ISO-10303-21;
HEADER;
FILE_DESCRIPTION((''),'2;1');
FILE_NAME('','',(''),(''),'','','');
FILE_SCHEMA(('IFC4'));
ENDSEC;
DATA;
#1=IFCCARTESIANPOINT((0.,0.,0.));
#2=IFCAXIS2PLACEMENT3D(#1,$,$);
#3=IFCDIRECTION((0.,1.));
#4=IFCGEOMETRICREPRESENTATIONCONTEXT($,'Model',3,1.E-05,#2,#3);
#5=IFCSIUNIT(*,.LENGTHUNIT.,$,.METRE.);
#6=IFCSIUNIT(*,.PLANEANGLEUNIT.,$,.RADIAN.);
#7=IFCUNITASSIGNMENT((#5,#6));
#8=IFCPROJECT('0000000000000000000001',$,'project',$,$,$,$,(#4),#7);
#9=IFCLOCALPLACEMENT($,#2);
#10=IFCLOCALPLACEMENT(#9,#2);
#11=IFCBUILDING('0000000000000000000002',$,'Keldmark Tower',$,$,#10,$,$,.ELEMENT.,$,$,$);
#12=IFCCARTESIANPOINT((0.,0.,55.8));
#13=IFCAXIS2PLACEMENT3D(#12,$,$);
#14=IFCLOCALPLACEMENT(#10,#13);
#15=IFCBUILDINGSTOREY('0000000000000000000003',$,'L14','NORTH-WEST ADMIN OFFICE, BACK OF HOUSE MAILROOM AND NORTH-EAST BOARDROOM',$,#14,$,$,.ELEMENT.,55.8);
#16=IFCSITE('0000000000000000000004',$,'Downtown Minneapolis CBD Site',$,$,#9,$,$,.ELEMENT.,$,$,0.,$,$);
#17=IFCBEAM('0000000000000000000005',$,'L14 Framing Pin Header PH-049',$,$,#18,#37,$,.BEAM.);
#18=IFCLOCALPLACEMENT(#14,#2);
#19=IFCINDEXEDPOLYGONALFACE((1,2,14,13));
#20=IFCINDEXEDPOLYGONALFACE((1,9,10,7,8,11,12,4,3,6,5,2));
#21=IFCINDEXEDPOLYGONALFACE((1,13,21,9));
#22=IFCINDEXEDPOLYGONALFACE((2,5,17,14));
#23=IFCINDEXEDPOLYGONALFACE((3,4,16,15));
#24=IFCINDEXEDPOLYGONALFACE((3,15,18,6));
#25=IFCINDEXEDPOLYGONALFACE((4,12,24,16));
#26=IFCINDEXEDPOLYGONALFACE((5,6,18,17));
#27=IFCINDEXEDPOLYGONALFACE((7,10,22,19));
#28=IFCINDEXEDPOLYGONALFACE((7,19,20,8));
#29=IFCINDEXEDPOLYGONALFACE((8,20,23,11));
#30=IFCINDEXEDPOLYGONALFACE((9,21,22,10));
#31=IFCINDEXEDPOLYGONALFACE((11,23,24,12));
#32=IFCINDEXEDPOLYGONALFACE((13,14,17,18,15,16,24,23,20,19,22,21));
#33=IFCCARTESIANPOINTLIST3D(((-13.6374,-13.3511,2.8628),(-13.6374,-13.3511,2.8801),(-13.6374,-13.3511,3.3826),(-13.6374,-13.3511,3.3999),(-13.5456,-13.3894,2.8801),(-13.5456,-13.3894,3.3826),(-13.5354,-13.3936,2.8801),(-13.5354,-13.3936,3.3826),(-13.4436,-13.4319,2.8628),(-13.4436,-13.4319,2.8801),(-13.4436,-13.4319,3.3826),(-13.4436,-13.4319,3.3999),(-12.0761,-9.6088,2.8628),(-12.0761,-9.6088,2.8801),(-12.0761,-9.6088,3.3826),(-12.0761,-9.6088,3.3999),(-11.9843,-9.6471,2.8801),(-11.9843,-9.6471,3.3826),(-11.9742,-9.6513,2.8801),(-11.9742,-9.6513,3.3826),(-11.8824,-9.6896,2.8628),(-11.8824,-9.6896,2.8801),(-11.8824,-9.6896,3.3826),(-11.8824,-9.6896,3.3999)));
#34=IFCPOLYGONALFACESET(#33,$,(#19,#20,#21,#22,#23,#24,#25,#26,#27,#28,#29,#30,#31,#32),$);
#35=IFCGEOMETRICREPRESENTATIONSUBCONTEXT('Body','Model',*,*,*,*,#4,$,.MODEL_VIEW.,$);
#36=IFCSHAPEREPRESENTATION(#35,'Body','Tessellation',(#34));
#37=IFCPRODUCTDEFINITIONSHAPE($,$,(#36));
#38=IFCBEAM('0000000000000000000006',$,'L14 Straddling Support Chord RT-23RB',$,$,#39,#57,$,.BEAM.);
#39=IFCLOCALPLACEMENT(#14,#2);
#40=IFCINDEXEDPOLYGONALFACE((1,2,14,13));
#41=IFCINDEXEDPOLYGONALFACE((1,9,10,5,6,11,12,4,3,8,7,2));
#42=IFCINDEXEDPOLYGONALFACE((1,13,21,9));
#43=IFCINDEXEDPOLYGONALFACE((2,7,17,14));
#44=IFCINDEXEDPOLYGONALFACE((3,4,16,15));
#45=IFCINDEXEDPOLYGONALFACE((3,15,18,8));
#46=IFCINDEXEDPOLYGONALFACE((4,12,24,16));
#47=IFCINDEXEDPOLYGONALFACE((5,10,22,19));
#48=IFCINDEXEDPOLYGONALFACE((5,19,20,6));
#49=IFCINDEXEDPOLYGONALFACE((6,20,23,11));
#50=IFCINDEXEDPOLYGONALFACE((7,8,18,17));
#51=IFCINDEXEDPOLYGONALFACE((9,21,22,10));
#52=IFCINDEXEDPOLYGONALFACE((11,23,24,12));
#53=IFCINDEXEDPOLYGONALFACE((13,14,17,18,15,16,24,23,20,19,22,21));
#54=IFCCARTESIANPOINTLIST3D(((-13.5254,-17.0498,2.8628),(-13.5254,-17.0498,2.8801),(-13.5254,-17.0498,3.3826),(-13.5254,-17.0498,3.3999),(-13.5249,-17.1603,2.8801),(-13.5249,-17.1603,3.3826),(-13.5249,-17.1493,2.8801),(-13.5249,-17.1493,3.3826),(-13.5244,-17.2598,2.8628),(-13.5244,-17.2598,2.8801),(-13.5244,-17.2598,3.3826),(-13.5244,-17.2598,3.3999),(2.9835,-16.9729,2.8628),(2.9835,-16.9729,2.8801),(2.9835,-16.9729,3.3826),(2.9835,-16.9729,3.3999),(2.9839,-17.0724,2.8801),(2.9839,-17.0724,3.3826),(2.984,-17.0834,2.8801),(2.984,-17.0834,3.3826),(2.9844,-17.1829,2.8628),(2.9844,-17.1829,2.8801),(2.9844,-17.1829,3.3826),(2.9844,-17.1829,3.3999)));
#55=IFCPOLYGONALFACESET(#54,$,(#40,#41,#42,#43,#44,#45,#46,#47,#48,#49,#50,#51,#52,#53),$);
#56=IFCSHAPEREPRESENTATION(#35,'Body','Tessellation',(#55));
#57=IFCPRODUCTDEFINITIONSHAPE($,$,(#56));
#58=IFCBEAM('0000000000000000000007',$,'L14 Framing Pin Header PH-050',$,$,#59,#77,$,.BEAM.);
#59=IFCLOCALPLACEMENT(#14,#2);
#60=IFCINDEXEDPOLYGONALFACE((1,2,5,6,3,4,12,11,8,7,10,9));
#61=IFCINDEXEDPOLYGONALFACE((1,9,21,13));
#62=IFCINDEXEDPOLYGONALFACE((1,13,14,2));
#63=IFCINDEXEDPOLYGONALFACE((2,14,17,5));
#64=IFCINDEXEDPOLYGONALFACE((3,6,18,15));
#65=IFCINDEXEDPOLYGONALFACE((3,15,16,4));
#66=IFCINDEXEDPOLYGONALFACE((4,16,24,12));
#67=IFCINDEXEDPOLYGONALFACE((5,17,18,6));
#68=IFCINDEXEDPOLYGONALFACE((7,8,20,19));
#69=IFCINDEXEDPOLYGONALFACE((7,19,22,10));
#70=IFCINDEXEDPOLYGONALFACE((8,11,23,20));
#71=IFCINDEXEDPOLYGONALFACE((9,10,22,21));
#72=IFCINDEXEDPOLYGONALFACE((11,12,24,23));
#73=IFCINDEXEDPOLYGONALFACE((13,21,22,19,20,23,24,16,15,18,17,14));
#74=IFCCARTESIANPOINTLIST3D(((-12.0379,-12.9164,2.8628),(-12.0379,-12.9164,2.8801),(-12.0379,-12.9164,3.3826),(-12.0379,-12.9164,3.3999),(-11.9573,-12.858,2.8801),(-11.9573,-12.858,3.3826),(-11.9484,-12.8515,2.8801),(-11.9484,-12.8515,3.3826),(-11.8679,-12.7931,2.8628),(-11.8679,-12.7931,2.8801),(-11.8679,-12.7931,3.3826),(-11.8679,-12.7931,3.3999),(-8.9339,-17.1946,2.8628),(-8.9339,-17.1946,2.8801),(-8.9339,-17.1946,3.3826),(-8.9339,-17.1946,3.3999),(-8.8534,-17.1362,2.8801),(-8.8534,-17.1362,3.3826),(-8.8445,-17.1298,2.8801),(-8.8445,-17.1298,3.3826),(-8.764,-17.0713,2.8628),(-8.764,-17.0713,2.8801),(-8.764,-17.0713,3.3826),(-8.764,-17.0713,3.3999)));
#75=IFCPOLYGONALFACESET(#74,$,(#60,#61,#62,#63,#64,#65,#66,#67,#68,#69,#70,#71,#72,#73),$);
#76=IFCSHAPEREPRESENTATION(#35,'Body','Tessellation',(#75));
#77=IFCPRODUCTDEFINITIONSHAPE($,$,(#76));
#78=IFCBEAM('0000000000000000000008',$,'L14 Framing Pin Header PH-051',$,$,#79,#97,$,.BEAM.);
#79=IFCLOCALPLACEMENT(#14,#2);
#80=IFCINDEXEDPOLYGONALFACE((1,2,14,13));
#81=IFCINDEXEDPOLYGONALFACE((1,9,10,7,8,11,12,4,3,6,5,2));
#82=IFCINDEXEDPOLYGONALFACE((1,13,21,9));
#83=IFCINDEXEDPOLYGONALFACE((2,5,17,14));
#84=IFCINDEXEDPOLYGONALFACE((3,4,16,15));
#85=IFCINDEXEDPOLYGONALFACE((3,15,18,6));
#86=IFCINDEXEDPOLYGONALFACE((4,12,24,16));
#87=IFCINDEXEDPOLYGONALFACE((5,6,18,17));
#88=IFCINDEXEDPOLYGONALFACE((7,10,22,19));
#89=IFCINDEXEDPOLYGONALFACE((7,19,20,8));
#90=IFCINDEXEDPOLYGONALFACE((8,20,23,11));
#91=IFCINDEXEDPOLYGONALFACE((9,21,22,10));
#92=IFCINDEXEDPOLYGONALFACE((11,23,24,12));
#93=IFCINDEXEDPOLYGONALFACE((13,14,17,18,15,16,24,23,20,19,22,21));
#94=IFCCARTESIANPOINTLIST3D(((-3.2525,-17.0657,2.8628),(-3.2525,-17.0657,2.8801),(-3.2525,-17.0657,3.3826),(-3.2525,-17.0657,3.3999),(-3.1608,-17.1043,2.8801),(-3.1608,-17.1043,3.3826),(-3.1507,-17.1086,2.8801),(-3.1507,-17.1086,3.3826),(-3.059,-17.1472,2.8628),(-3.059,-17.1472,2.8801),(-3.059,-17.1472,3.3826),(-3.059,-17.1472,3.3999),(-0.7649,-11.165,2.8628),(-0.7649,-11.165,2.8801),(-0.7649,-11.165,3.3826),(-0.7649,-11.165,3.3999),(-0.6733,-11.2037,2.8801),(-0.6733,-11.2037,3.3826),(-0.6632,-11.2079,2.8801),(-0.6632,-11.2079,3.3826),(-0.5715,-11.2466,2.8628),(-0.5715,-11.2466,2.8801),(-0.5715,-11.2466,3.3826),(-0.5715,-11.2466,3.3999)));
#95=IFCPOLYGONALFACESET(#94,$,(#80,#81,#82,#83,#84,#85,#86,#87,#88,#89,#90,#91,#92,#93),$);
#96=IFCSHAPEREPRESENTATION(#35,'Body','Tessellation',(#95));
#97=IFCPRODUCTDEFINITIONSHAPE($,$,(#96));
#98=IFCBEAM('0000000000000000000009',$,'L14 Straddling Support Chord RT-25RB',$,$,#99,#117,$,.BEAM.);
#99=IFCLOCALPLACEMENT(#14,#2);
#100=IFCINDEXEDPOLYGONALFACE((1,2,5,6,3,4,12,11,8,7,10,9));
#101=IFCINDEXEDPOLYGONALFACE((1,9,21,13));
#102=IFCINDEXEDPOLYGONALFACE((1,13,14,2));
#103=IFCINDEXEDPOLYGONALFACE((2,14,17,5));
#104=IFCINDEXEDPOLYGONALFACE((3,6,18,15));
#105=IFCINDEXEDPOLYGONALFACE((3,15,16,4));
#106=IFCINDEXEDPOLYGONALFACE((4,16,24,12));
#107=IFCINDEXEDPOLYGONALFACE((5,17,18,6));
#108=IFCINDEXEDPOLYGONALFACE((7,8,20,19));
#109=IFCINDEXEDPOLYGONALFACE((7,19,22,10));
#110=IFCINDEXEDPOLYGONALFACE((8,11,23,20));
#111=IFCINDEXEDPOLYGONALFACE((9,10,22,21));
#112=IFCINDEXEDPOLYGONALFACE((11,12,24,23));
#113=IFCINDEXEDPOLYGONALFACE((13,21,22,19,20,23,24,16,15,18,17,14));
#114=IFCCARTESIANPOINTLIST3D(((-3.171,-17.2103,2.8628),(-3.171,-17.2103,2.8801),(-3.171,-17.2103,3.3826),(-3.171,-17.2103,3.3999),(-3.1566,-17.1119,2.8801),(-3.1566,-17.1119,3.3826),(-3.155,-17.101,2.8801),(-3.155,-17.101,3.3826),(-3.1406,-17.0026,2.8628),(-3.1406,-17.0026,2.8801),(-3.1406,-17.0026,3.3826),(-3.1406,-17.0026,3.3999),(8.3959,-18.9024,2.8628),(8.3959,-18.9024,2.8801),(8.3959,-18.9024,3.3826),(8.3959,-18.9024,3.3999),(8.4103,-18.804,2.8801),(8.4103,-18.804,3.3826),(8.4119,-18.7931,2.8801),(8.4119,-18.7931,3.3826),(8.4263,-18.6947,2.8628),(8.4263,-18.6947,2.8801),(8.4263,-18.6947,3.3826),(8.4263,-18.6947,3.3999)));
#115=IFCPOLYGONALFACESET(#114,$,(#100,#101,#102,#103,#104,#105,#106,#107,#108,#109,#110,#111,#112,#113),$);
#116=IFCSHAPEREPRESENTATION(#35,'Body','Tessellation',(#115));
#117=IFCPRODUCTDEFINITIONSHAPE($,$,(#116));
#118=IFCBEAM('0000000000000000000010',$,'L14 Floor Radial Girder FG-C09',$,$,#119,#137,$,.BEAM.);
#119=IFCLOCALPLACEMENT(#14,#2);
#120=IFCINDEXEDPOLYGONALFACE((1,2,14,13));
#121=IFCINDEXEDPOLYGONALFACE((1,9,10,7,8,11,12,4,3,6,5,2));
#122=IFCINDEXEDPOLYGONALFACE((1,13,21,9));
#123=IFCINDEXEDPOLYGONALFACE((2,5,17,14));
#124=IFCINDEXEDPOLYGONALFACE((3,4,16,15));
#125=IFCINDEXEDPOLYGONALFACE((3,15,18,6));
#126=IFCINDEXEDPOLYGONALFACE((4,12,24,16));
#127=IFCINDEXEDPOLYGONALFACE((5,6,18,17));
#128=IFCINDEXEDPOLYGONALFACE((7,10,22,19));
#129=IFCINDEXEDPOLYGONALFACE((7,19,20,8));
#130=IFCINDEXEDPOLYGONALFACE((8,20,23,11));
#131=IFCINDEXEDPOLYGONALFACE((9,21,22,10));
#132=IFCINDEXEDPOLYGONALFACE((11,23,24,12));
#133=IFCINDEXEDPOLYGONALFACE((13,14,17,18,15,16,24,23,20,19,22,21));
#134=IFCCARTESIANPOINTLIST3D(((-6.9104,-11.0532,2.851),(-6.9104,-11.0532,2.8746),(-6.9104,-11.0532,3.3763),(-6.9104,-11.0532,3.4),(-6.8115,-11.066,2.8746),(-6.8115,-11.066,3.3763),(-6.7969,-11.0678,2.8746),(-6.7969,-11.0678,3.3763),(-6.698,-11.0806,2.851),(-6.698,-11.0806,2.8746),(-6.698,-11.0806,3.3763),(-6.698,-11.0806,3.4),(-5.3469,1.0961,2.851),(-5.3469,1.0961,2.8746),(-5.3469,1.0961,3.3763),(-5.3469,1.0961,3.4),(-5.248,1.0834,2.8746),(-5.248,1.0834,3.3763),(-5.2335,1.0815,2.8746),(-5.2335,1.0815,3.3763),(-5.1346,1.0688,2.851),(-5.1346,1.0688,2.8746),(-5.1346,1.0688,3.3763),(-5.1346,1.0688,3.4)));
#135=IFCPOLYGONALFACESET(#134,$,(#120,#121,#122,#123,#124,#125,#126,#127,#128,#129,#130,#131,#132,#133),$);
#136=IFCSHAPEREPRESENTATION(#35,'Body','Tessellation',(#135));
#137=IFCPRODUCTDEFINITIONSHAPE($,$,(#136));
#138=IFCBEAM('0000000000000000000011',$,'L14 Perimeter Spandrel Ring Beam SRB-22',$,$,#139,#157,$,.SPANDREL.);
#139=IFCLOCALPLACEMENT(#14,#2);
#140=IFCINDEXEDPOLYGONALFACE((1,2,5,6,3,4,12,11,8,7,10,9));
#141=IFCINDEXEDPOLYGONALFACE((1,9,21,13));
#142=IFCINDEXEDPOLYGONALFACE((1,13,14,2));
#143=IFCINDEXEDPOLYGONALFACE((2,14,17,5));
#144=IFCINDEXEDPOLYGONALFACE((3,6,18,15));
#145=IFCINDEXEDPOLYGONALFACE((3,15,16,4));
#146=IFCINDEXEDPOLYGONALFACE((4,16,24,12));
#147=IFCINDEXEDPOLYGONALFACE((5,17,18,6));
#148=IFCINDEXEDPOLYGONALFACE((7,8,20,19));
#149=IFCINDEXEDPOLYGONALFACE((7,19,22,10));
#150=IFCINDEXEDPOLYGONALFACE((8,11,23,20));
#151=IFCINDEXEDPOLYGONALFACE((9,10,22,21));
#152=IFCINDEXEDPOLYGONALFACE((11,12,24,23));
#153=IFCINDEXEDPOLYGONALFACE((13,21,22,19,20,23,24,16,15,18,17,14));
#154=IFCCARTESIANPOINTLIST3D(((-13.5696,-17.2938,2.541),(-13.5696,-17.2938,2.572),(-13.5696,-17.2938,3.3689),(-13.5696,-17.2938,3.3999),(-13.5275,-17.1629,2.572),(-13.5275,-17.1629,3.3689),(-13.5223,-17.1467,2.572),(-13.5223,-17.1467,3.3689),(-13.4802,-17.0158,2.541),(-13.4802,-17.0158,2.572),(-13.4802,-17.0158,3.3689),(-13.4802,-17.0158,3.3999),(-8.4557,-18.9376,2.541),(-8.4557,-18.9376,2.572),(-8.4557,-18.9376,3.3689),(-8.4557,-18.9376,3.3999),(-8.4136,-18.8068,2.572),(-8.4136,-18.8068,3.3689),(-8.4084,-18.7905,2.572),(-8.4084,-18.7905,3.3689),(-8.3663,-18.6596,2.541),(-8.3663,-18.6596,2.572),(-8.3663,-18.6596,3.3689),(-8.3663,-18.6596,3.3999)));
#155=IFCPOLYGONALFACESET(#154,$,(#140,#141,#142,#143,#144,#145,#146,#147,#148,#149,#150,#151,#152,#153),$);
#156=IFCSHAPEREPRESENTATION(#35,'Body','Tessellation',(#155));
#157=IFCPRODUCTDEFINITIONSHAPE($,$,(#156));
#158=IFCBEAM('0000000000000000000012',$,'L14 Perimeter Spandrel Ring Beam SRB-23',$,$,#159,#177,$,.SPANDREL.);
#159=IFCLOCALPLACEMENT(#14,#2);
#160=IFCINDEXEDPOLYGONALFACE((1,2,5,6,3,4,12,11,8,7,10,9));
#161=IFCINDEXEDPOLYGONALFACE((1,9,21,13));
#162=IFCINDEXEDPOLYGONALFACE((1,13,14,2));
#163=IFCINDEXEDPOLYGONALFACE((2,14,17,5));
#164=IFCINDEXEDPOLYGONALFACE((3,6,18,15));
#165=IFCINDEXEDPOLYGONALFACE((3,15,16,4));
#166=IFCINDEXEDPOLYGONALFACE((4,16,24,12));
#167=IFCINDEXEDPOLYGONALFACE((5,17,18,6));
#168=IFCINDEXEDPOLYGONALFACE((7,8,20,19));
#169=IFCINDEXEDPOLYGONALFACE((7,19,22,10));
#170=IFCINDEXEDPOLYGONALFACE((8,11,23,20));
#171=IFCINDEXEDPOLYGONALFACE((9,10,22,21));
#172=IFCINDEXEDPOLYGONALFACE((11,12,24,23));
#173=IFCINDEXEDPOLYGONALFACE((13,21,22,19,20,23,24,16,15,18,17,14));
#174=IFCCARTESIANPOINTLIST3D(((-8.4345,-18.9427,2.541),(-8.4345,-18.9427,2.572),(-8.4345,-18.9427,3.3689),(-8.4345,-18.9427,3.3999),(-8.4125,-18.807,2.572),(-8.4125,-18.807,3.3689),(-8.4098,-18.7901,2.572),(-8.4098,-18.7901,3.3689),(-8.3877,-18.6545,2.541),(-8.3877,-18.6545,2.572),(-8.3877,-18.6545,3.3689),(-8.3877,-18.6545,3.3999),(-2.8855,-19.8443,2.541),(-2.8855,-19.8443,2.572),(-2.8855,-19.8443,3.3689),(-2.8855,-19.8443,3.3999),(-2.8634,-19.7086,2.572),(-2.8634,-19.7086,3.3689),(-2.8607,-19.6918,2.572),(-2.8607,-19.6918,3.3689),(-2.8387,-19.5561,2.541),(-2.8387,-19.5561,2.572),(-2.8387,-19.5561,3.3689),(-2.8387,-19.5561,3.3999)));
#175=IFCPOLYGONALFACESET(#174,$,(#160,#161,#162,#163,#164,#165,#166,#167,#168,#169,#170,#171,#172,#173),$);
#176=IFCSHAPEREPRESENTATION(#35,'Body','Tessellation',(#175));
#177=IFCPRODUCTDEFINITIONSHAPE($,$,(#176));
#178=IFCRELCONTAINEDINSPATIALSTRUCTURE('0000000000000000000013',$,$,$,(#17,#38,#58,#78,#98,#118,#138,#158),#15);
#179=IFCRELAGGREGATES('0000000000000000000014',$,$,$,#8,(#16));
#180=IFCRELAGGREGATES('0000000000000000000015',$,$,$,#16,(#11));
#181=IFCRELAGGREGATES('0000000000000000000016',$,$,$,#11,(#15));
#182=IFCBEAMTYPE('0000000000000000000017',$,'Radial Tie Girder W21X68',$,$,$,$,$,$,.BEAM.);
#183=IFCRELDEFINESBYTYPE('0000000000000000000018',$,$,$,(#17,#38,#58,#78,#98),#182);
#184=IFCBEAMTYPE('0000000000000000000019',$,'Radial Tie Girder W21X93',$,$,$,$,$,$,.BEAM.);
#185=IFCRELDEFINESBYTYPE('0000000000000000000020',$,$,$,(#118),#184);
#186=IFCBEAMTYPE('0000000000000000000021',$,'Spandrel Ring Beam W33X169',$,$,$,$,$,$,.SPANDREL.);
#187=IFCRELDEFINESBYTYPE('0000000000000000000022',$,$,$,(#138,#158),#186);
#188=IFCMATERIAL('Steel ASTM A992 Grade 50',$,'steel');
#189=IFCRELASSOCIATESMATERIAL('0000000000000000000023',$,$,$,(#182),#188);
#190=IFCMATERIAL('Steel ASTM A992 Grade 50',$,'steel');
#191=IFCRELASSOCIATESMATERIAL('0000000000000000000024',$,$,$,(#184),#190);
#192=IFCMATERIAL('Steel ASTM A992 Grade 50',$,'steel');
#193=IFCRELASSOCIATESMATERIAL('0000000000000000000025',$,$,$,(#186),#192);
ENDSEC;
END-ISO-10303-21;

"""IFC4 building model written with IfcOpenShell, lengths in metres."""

from ifc_helpers import new_model, si_unit, direction, frame, origin, origin_2d, place, context, subcontext, project, spatial, i_section, extrude, material, material_profile, profile_set, type_object, element, save


model = new_model("IFC4")

# Units and contexts
model_context = context("Model", 3, precision=1e-05, world=origin(), true_north=direction((0.0, 1.0)))
body_context = subcontext(model_context, "Body", "Model", "MODEL_VIEW")
ifc_project = project(units=[si_unit("LENGTHUNIT", "METRE"), si_unit("PLANEANGLEUNIT", "RADIAN")], contexts=[model_context])

# Site, building, storey
site_placement = place(None, origin())
site = spatial("IfcSite", under=ifc_project, at=site_placement, Name="Downtown Minneapolis CBD Site", CompositionType="ELEMENT", RefElevation=0.0)
building_placement = place(site_placement, origin())
building = spatial("IfcBuilding", under=site, at=building_placement, Name="Keldmark Tower", CompositionType="ELEMENT")
storey_placement = place(building_placement, frame((0.0, 0.0, 55.8)))
storey = spatial("IfcBuildingStorey", under=building, at=storey_placement, Name="L14", Description="NORTH-WEST ADMIN OFFICE, BACK OF HOUSE MAILROOM AND NORTH-EAST BOARDROOM", CompositionType="ELEMENT", Elevation=55.8)

# Beams
ifc_material_1 = material(Name="Steel ASTM A992 Grade 50", Category="steel")
ifc_material_profile_1 = material_profile(ifc_material_1, i_section(OverallWidth=0.21, OverallDepth=0.5371, WebThickness=0.011, FlangeThickness=0.0173, at=origin_2d()), Name="W21X68")
ifc_profile_set_1 = profile_set([ifc_material_profile_1], Name="Steel ASTM A992 Grade 50")
beam_type_1 = type_object("IfcBeamType", Name="Radial Tie Girder W21X68", PredefinedType="BEAM", material=ifc_profile_set_1)
beam_1_placement = place(storey_placement, frame((-11.9792, -9.6492, 3.1313), z_axis=(-0.385021, -0.922908, 0.0), x_axis=(0.922908, -0.385021, 0.0)))
element("IfcBeam", 1, at=beam_1_placement, inside=storey, type_object=beam_type_1, Name="L14 Framing Pin Header PH-049", PredefinedType="BEAM", context=body_context, shape_type="SweptSolid", body=[
    extrude(i_section(OverallWidth=0.21, OverallDepth=0.5371, WebThickness=0.011, FlangeThickness=0.0173, at=origin_2d()), origin(), (0.0, 0.0, 1.0), 4.0549),
])
beam_2_placement = place(storey_placement, frame((-13.5249, -17.1548, 3.1313), z_axis=(0.999989, 0.004658, 0.0), x_axis=(-0.004658, 0.999989, 0.0)))
element("IfcBeam", 2, at=beam_2_placement, inside=storey, type_object=beam_type_1, Name="L14 Straddling Support Chord RT-23RB", PredefinedType="BEAM", context=body_context, shape_type="SweptSolid", body=[
    extrude(i_section(OverallWidth=0.21, OverallDepth=0.5371, WebThickness=0.011, FlangeThickness=0.0173, at=origin_2d()), origin(), (0.0, 0.0, 1.0), 16.509),
])
beam_3_placement = place(storey_placement, frame((-11.9529, -12.8547, 3.1313), z_axis=(0.587243, -0.809411, 0.0), x_axis=(0.809411, 0.587243, 0.0)))
element("IfcBeam", 3, at=beam_3_placement, inside=storey, type_object=beam_type_1, Name="L14 Framing Pin Header PH-050", PredefinedType="BEAM", context=body_context, shape_type="SweptSolid", body=[
    extrude(i_section(OverallWidth=0.21, OverallDepth=0.5371, WebThickness=0.011, FlangeThickness=0.0173, at=origin_2d()), origin(), (0.0, 0.0, 1.0), 5.2856),
])
beam_4_placement = place(storey_placement, frame((-0.6682, -11.2058, 3.1313), z_axis=(-0.388464, -0.921464, 0.0), x_axis=(0.921464, -0.388464, 0.0)))
element("IfcBeam", 4, at=beam_4_placement, inside=storey, type_object=beam_type_1, Name="L14 Framing Pin Header PH-051", PredefinedType="BEAM", context=body_context, shape_type="SweptSolid", body=[
    extrude(i_section(OverallWidth=0.21, OverallDepth=0.5371, WebThickness=0.011, FlangeThickness=0.0173, at=origin_2d()), origin(), (0.0, 0.0, 1.0), 6.4036),
])
beam_5_placement = place(storey_placement, frame((-3.1558, -17.1064, 3.1313), z_axis=(0.989468, -0.144751, 0.0), x_axis=(0.144751, 0.989468, 0.0)))
element("IfcBeam", 5, at=beam_5_placement, inside=storey, type_object=beam_type_1, Name="L14 Straddling Support Chord RT-25RB", PredefinedType="BEAM", context=body_context, shape_type="SweptSolid", body=[
    extrude(i_section(OverallWidth=0.21, OverallDepth=0.5371, WebThickness=0.011, FlangeThickness=0.0173, at=origin_2d()), origin(), (0.0, 0.0, 1.0), 11.6899),
])
ifc_material_2 = material(Name="Steel ASTM A992 Grade 50", Category="steel")
ifc_material_profile_2 = material_profile(ifc_material_2, i_section(OverallWidth=0.2141, OverallDepth=0.5491, WebThickness=0.0146, FlangeThickness=0.0237, at=origin_2d()), Name="W21X93")
ifc_profile_set_2 = profile_set([ifc_material_profile_2], Name="Steel ASTM A992 Grade 50")
beam_type_2 = type_object("IfcBeamType", Name="Radial Tie Girder W21X93", PredefinedType="BEAM", material=ifc_profile_set_2)
beam_6_placement = place(storey_placement, frame((-6.8042, -11.0669, 3.1255), z_axis=(0.127635, 0.991821, 0.0), x_axis=(-0.991821, 0.127635, 0.0)))
element("IfcBeam", 6, at=beam_6_placement, inside=storey, type_object=beam_type_2, Name="L14 Floor Radial Girder FG-C09", PredefinedType="BEAM", context=body_context, shape_type="SweptSolid", body=[
    extrude(i_section(OverallWidth=0.2141, OverallDepth=0.5491, WebThickness=0.0146, FlangeThickness=0.0237, at=origin_2d()), origin(), (0.0, 0.0, 1.0), 12.2495),
])
ifc_material_3 = material(Name="Steel ASTM A992 Grade 50", Category="steel")
ifc_material_profile_3 = material_profile(ifc_material_3, i_section(OverallWidth=0.292, OverallDepth=0.8589, WebThickness=0.0171, FlangeThickness=0.031, at=origin_2d()), Name="W33X169")
ifc_profile_set_3 = profile_set([ifc_material_profile_3], Name="Steel ASTM A992 Grade 50")
beam_type_3 = type_object("IfcBeamType", Name="Spandrel Ring Beam W33X169", PredefinedType="SPANDREL", material=ifc_profile_set_3)
beam_7_placement = place(storey_placement, frame((-13.5249, -17.1548, 2.9705), z_axis=(0.952024, -0.306024, 0.0), x_axis=(0.306024, 0.952024, 0.0)))
element("IfcBeam", 7, at=beam_7_placement, inside=storey, type_object=beam_type_3, Name="L14 Perimeter Spandrel Ring Beam SRB-22", PredefinedType="SPANDREL", context=body_context, shape_type="SweptSolid", body=[
    extrude(i_section(OverallWidth=0.292, OverallDepth=0.8589, WebThickness=0.0171, FlangeThickness=0.031, at=origin_2d()), origin(), (0.0, 0.0, 1.0), 5.3716),
])
beam_8_placement = place(storey_placement, frame((-8.4111, -18.7986, 2.9705), z_axis=(0.987056, -0.160377, 0.0), x_axis=(0.160377, 0.987056, 0.0)))
element("IfcBeam", 8, at=beam_8_placement, inside=storey, type_object=beam_type_3, Name="L14 Perimeter Spandrel Ring Beam SRB-23", PredefinedType="SPANDREL", context=body_context, shape_type="SweptSolid", body=[
    extrude(i_section(OverallWidth=0.292, OverallDepth=0.8589, WebThickness=0.0171, FlangeThickness=0.031, at=origin_2d()), origin(), (0.0, 0.0, 1.0), 5.6218),
])

save(model, "model.ifc")
